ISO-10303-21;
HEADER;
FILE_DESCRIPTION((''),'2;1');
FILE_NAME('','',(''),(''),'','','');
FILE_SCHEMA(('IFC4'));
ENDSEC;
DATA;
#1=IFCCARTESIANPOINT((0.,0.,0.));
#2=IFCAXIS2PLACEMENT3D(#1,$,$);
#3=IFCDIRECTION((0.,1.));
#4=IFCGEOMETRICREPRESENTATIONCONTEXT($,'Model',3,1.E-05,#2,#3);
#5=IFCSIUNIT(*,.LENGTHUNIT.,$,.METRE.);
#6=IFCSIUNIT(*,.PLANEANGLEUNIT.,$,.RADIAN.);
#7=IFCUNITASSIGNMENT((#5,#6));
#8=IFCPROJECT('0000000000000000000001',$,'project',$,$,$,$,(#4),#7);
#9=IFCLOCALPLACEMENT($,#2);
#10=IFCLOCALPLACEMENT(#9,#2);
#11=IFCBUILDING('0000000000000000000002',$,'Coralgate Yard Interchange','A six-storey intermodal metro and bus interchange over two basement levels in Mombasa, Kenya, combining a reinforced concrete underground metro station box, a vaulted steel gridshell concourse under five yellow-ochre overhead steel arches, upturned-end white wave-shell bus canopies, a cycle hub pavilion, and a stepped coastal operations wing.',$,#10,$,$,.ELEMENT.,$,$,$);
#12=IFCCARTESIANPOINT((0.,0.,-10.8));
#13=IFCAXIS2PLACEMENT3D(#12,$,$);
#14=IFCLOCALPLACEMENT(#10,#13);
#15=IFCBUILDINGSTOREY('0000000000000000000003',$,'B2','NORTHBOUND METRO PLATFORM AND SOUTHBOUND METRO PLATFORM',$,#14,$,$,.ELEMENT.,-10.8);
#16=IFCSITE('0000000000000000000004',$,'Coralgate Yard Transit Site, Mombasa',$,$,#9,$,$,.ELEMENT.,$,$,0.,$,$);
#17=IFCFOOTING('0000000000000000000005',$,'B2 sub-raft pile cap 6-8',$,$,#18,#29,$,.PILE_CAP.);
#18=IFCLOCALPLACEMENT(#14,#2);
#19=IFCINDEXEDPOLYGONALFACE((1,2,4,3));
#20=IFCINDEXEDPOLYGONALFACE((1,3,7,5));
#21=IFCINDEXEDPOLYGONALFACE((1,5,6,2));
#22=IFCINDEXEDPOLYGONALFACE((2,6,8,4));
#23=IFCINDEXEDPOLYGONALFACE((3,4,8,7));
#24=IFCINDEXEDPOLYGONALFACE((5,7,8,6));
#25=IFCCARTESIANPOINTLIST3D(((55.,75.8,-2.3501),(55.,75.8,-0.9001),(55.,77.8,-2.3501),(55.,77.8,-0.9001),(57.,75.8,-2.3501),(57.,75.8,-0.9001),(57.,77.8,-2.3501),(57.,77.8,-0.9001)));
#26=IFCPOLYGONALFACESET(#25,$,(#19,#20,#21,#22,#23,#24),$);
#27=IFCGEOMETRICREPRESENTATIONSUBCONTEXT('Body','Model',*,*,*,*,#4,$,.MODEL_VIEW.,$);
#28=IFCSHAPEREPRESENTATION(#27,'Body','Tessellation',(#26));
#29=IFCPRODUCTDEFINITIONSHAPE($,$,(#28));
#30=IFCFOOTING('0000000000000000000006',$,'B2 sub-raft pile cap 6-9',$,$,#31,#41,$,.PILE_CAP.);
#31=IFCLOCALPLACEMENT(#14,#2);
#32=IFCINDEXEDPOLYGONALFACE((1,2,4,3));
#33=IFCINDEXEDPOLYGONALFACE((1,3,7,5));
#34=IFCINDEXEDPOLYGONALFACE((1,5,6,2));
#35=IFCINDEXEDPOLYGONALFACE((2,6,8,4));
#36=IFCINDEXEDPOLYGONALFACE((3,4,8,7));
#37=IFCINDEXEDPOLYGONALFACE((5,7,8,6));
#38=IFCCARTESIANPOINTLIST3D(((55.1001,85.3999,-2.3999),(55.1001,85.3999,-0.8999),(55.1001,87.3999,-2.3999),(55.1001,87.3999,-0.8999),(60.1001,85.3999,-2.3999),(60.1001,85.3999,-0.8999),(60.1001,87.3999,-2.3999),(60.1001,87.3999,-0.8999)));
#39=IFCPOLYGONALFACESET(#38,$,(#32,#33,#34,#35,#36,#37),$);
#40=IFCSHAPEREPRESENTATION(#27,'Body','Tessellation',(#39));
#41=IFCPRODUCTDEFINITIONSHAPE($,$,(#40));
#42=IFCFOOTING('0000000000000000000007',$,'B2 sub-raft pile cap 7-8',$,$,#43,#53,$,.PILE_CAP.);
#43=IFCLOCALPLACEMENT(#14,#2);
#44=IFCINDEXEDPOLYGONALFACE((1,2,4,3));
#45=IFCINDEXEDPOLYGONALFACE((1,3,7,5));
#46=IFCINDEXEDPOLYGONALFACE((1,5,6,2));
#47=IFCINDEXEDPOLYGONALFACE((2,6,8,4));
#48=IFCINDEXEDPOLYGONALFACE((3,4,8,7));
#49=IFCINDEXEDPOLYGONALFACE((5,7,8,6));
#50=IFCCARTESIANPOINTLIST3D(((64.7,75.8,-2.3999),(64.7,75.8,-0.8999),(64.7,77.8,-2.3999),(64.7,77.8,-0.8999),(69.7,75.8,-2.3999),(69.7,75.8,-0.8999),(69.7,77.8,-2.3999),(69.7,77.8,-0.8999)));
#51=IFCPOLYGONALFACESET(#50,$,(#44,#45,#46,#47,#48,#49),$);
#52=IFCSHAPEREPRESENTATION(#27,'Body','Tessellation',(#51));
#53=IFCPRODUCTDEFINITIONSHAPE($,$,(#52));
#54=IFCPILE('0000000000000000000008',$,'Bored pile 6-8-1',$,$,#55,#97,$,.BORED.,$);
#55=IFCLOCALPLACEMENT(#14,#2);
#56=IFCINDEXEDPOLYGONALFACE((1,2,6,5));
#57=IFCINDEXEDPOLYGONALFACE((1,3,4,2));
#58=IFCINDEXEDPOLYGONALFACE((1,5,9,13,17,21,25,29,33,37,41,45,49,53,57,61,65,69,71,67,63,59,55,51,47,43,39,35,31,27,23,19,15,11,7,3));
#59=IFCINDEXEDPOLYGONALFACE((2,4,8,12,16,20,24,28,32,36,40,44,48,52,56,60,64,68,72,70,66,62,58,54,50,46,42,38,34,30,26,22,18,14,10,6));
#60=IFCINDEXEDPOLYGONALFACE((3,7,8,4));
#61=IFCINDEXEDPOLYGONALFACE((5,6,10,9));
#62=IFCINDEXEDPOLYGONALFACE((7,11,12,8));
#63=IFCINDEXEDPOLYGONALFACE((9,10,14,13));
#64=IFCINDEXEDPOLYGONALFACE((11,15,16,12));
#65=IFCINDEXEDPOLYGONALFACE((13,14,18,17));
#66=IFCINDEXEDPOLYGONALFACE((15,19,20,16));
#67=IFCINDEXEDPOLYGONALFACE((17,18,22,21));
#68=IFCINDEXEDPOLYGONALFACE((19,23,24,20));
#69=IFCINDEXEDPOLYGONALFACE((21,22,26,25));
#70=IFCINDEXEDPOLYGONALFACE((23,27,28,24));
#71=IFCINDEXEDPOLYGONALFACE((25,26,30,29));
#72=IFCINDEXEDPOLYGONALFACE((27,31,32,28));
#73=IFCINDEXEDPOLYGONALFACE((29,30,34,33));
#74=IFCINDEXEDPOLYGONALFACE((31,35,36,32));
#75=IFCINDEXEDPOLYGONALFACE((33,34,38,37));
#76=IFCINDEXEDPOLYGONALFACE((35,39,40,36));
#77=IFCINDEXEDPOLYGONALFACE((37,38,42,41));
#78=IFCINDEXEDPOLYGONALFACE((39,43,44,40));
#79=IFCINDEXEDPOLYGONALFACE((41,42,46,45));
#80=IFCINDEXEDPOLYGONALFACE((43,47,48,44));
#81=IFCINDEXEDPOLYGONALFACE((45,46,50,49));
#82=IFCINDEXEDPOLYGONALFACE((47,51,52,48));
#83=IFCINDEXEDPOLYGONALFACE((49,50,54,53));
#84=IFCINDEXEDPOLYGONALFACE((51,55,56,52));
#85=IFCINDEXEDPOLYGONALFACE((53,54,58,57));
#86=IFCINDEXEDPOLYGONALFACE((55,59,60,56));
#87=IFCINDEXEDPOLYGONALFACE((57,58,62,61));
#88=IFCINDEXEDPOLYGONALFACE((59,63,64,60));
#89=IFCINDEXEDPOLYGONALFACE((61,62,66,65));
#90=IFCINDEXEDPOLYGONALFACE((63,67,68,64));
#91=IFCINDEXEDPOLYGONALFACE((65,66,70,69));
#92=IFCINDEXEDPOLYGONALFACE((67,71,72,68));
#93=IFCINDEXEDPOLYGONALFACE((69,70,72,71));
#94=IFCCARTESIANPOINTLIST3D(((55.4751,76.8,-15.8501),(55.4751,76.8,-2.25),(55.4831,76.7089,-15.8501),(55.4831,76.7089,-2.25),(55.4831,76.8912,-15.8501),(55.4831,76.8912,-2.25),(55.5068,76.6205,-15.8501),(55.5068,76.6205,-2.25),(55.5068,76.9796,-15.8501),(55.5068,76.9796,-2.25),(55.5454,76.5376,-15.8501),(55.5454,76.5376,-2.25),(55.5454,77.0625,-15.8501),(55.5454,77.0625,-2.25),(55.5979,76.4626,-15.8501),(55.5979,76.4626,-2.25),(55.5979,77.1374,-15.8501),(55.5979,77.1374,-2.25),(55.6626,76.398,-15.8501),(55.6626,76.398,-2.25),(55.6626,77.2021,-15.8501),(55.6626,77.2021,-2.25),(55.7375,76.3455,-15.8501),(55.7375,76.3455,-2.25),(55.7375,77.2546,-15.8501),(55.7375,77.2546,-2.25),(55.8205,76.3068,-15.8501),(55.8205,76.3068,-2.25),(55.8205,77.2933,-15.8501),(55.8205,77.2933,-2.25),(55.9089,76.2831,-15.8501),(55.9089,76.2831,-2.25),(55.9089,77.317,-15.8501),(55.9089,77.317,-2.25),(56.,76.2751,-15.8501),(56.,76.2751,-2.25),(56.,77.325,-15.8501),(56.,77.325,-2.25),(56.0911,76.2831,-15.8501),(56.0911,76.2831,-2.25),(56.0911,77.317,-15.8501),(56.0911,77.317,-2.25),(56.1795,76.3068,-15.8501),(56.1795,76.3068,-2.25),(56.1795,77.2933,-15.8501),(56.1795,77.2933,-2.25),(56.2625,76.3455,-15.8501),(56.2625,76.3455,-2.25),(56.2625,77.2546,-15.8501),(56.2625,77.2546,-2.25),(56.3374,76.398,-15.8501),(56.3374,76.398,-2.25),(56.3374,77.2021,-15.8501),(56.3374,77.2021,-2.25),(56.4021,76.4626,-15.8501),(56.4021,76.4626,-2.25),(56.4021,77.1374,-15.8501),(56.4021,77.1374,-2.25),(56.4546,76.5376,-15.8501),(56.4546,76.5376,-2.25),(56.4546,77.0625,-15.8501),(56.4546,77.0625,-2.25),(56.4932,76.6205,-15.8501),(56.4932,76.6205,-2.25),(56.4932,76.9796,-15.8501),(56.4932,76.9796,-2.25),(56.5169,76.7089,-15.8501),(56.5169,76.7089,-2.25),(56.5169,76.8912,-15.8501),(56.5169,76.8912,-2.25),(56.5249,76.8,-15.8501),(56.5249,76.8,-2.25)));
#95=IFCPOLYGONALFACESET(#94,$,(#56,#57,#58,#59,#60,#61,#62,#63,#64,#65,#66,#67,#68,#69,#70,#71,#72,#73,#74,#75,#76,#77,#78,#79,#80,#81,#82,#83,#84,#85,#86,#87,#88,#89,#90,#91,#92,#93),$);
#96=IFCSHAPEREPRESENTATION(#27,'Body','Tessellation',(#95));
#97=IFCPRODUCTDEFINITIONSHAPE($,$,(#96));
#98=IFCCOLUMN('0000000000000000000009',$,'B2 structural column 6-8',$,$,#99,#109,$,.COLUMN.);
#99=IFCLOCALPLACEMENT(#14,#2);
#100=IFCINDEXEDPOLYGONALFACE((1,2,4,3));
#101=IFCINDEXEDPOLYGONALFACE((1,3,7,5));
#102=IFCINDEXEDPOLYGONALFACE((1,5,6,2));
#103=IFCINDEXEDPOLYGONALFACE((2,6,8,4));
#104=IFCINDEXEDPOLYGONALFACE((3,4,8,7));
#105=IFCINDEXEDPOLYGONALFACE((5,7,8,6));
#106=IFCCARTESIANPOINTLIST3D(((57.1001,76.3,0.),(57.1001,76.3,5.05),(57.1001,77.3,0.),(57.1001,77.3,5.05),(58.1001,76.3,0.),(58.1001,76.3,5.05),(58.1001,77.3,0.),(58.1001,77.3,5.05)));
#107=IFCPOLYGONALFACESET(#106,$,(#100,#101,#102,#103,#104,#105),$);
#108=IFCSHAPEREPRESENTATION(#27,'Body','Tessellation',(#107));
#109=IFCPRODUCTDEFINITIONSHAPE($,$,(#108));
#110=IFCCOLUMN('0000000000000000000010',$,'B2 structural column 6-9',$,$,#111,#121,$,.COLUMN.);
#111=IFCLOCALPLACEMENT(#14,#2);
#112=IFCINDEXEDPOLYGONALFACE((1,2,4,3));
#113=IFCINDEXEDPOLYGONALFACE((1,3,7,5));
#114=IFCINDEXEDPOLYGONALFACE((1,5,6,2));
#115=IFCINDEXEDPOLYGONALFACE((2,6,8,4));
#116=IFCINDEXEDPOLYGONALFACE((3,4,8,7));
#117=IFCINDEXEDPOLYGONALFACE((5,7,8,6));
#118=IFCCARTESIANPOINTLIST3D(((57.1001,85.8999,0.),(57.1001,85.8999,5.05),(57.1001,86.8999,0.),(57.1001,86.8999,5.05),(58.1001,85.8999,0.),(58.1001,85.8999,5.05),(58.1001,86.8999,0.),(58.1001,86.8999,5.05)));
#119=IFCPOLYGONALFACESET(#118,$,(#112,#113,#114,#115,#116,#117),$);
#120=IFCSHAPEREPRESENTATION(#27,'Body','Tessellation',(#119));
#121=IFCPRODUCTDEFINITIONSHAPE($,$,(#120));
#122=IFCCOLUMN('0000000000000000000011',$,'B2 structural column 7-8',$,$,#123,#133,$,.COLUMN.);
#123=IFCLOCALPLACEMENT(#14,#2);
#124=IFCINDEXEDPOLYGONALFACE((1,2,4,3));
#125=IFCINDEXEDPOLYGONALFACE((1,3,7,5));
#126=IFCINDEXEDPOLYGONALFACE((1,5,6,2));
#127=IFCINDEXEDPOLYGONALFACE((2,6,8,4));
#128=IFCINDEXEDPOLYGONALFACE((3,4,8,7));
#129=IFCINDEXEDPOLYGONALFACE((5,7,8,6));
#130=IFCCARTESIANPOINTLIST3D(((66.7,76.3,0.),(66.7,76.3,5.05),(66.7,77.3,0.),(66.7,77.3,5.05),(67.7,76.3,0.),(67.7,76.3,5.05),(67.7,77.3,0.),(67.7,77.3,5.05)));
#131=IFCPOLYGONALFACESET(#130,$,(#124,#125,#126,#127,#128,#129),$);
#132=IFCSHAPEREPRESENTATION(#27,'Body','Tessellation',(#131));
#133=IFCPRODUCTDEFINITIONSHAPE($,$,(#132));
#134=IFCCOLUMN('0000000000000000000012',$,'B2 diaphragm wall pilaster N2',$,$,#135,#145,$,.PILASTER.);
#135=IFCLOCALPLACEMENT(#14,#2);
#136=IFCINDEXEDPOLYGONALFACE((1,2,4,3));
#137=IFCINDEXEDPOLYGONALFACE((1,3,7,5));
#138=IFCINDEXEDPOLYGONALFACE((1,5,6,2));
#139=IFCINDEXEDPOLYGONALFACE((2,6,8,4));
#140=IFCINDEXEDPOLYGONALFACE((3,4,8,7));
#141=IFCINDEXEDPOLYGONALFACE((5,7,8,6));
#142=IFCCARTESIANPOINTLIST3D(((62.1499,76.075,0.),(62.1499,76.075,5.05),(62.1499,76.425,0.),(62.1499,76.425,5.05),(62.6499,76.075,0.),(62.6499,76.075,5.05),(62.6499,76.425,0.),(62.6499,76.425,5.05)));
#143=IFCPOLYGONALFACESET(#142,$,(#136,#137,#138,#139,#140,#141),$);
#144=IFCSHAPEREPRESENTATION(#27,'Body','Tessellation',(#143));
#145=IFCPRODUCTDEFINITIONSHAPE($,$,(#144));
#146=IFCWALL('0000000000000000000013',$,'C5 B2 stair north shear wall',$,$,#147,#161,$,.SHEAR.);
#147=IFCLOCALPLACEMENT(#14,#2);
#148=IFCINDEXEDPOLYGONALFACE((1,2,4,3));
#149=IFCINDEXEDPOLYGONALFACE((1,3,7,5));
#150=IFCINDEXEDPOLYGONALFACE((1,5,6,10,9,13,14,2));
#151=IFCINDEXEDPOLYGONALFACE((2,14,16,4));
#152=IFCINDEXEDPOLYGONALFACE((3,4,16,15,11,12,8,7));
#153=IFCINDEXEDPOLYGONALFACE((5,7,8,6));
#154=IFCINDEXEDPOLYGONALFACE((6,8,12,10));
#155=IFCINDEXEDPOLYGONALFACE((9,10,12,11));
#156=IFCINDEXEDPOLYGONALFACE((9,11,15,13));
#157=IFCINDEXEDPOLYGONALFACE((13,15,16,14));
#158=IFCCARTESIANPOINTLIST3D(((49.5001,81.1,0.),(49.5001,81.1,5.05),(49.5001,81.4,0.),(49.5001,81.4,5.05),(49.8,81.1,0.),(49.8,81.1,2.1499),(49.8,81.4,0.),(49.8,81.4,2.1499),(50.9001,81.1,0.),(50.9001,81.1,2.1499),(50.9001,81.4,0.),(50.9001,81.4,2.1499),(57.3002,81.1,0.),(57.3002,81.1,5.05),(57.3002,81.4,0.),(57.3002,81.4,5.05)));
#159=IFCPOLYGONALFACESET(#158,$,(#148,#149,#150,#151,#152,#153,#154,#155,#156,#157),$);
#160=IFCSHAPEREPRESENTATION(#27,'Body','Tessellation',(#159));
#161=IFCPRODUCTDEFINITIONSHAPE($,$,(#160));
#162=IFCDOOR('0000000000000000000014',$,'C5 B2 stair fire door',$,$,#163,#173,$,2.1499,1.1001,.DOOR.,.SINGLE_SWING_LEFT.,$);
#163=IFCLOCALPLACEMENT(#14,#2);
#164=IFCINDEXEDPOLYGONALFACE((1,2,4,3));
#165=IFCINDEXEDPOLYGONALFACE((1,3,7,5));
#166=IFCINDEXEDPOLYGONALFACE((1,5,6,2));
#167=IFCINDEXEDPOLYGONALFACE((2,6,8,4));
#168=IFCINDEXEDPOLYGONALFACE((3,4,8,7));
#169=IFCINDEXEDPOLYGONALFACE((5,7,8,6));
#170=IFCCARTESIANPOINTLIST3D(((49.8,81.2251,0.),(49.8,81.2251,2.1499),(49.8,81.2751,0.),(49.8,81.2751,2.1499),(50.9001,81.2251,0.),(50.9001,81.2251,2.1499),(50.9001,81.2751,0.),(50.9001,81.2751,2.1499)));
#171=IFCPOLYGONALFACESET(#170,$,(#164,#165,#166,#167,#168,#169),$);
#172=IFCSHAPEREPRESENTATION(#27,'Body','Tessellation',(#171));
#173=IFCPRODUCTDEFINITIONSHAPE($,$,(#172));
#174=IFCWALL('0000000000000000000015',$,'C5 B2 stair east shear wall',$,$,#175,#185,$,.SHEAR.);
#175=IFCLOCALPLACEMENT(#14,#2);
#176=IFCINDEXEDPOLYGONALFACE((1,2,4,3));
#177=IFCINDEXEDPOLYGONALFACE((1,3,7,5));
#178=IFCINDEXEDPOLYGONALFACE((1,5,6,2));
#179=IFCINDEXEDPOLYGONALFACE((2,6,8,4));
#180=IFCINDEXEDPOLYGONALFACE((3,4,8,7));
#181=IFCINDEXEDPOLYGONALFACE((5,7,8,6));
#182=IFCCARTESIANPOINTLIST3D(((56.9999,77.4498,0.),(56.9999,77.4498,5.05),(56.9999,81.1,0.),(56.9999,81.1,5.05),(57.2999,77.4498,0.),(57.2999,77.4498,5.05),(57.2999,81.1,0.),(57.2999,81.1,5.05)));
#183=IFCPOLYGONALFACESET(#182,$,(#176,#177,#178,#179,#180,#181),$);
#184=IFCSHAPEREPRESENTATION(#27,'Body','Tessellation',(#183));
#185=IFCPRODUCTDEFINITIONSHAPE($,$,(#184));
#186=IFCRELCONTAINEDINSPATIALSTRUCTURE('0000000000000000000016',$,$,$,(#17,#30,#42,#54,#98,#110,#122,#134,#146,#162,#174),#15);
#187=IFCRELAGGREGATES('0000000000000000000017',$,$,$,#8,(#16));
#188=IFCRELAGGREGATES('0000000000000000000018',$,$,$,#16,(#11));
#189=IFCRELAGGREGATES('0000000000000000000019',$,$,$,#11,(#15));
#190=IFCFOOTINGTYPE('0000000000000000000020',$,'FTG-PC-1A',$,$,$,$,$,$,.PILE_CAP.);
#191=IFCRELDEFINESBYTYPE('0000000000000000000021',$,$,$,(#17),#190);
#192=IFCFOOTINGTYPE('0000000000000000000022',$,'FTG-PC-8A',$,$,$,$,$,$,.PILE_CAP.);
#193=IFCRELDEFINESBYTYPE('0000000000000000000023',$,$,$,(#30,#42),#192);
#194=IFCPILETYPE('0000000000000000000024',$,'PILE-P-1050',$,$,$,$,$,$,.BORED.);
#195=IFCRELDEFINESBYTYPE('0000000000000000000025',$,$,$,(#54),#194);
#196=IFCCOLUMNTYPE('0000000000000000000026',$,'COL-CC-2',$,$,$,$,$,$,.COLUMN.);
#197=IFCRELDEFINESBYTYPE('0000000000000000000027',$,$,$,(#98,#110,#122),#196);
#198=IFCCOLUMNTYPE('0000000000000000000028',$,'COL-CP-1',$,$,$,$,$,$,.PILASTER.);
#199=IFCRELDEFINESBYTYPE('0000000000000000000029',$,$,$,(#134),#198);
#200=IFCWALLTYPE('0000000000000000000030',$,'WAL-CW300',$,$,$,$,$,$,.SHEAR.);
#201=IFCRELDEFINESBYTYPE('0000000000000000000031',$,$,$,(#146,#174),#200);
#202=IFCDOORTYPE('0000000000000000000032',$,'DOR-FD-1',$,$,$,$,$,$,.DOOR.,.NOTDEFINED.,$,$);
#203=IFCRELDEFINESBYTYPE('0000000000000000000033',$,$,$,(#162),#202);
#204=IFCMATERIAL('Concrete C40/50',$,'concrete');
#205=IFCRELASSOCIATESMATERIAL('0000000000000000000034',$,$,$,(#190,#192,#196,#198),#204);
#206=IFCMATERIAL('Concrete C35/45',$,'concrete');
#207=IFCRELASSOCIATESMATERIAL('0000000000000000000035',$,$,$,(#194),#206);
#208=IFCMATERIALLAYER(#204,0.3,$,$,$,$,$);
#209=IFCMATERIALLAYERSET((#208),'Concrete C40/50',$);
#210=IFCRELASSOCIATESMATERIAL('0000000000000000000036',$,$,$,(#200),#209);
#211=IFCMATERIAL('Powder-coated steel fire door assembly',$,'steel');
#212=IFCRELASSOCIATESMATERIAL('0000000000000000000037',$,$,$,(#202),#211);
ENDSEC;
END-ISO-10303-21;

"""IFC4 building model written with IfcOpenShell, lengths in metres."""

from ifc_helpers import new_model, si_unit, direction, frame, frame_2d, origin, origin_2d, place, context, subcontext, project, spatial, rectangle, circle, extrude, material, layer, layer_set, material_profile, profile_set, type_object, element, fill, save


model = new_model("IFC4")

# Units and contexts
model_context = context("Model", 3, precision=1e-05, world=origin(), true_north=direction((0.0, 1.0)))
body_context = subcontext(model_context, "Body", "Model", "MODEL_VIEW")
ifc_project = project(units=[si_unit("LENGTHUNIT", "METRE"), si_unit("PLANEANGLEUNIT", "RADIAN")], contexts=[model_context])

# Site, building, storey
site_placement = place(None, origin())
site = spatial("IfcSite", under=ifc_project, at=site_placement, Name="Coralgate Yard Transit Site, Mombasa", CompositionType="ELEMENT", RefElevation=0.0)
building_placement = place(site_placement, origin())
building = spatial("IfcBuilding", under=site, at=building_placement, Name="Coralgate Yard Interchange", Description="A six-storey intermodal metro and bus interchange over two basement levels in Mombasa, Kenya, combining a reinforced concrete underground metro station box, a vaulted steel gridshell concourse under five yellow-ochre overhead steel arches, upturned-end white wave-shell bus canopies, a cycle hub pavilion, and a stepped coastal operations wing.", CompositionType="ELEMENT")
storey_placement = place(building_placement, frame((0.0, 0.0, -10.8)))
storey = spatial("IfcBuildingStorey", under=building, at=storey_placement, Name="B2", Description="NORTHBOUND METRO PLATFORM AND SOUTHBOUND METRO PLATFORM", CompositionType="ELEMENT", Elevation=-10.8)

# Footings
ifc_material_1 = material(Name="Concrete C40/50", Category="concrete")
footing_type_1 = type_object("IfcFootingType", Name="FTG-PC-1A", PredefinedType="PILE_CAP", material=ifc_material_1)
footing_placement = place(storey_placement, frame((56.0, 76.8, -2.3501), z_axis=(0.0, 0.0, 1.0), x_axis=(1.0, 0.0, 0.0)))
element("IfcFooting", 1, at=footing_placement, inside=storey, type_object=footing_type_1, Name="B2 sub-raft pile cap 6-8", PredefinedType="PILE_CAP", context=body_context, shape_type="SweptSolid", body=[
    extrude(rectangle(XDim=2.0, YDim=2.0, at=origin_2d()), origin(), (0.0, 0.0, 1.0), 1.45),
])
footing_type_2 = type_object("IfcFootingType", Name="FTG-PC-8A", PredefinedType="PILE_CAP", material=ifc_material_1)
for number, where, z_axis, x_axis, name in (
    (2, (57.6001, 86.3999, -2.3999), (0.0, 0.0, 1.0), (1.0, 0.0, 0.0), "B2 sub-raft pile cap 6-9"),
    (3, (67.2, 76.8, -2.3999), (0.0, 0.0, 1.0), (1.0, 0.0, 0.0), "B2 sub-raft pile cap 7-8"),
):
    element("IfcFooting", number, at=place(storey_placement, frame(where, z_axis=z_axis, x_axis=x_axis)), inside=storey, type_object=footing_type_2, Name=name, PredefinedType="PILE_CAP", context=body_context, shape_type="SweptSolid", body=[
        extrude(rectangle(XDim=5.0, YDim=2.0, at=origin_2d()), origin(), (0.0, 0.0, 1.0), 1.5),
    ])

# Pile
ifc_material_2 = material(Name="Concrete C35/45", Category="concrete")
ifc_material_profile_1 = material_profile(ifc_material_2, circle(Radius=0.5249, at=origin_2d()), Name="BORED PILE D1050")
ifc_profile_set_1 = profile_set([ifc_material_profile_1], Name="Concrete C35/45")
pile_type = type_object("IfcPileType", Name="PILE-P-1050", PredefinedType="BORED", material=ifc_profile_set_1)
pile_placement = place(storey_placement, frame((56.0, 76.8, -2.25), z_axis=(0.0, 0.0, -1.0), x_axis=(1.0, 0.0, 0.0)))
element("IfcPile", 4, at=pile_placement, inside=storey, type_object=pile_type, Name="Bored pile 6-8-1", PredefinedType="BORED", context=body_context, shape_type="SweptSolid", body=[
    extrude(circle(Radius=0.5249, at=origin_2d()), origin(), (0.0, 0.0, 1.0), 13.6001),
])

# Columns
ifc_material_profile_2 = material_profile(ifc_material_1, rectangle(XDim=1.0, YDim=1.0, at=origin_2d()), Name="RC 1000x1000")
ifc_profile_set_2 = profile_set([ifc_material_profile_2], Name="Concrete C40/50")
column_type_1 = type_object("IfcColumnType", Name="COL-CC-2", PredefinedType="COLUMN", material=ifc_profile_set_2)
for number, where, z_axis, x_axis, name in (
    (5, (57.6001, 76.8, 0.0), (0.0, 0.0, 1.0), (1.0, 0.0, 0.0), "B2 structural column 6-8"),
    (6, (57.6001, 86.3999, 0.0), (0.0, 0.0, 1.0), (1.0, 0.0, 0.0), "B2 structural column 6-9"),
    (7, (67.2, 76.8, 0.0), (0.0, 0.0, 1.0), (1.0, 0.0, 0.0), "B2 structural column 7-8"),
):
    element("IfcColumn", number, at=place(storey_placement, frame(where, z_axis=z_axis, x_axis=x_axis)), inside=storey, type_object=column_type_1, Name=name, PredefinedType="COLUMN", context=body_context, shape_type="SweptSolid", body=[
        extrude(rectangle(XDim=1.0, YDim=1.0, at=origin_2d()), origin(), (0.0, 0.0, 1.0), 5.05),
    ])
ifc_material_profile_3 = material_profile(ifc_material_1, rectangle(XDim=0.5, YDim=0.3501, at=origin_2d()), Name="RC 500x350")
ifc_profile_set_3 = profile_set([ifc_material_profile_3], Name="Concrete C40/50")
column_type_2 = type_object("IfcColumnType", Name="COL-CP-1", PredefinedType="PILASTER", material=ifc_profile_set_3)
column_placement = place(storey_placement, frame((62.3999, 76.25, 0.0), z_axis=(0.0, 0.0, 1.0), x_axis=(1.0, 0.0, 0.0)))
element("IfcColumn", 8, at=column_placement, inside=storey, type_object=column_type_2, Name="B2 diaphragm wall pilaster N2", PredefinedType="PILASTER", context=body_context, shape_type="SweptSolid", body=[
    extrude(rectangle(XDim=0.5, YDim=0.3501, at=origin_2d()), origin(), (0.0, 0.0, 1.0), 5.05),
])

# Wall, opening, door
ifc_layer_1 = layer(ifc_material_1, 0.3)
ifc_layer_set_1 = layer_set([ifc_layer_1], Name="Concrete C40/50")
wall_type_1 = type_object("IfcWallType", Name="WAL-CW300", PredefinedType="SHEAR", material=ifc_layer_set_1)
wall_1_placement = place(storey_placement, frame((57.3, 81.25, 0.0), z_axis=(0.0, 0.0, 1.0), x_axis=(-1.0, 0.0, 0.0)))
wall_1 = element("IfcWall", 9, at=wall_1_placement, inside=storey, type_object=wall_type_1, Name="C5 B2 stair north shear wall", PredefinedType="SHEAR", context=body_context, shape_type="SweptSolid", body=[
    extrude(rectangle(XDim=7.8, YDim=0.3, at=frame_2d((3.8999, 0.0))), origin(), (0.0, 0.0, 1.0), 5.05),
])
opening_placement = place(wall_1_placement, frame((6.3999, 0.0, 0.0)))
opening = element("IfcOpeningElement", 10, at=opening_placement, cuts=wall_1, PredefinedType="OPENING", context=body_context, shape_type="SweptSolid", body=[
    extrude(rectangle(XDim=1.1001, YDim=2.1499, at=frame_2d((0.55, 1.075))), frame((0.0, 0.1599, 0.0), z_axis=(0.0, -1.0, 0.0), x_axis=(1.0, 0.0, 0.0)), (0.0, 0.0, 1.0), 0.3201),
])
ifc_material_3 = material(Name="Powder-coated steel fire door assembly", Category="steel")
door_type = type_object("IfcDoorType", Name="DOR-FD-1", OperationType="NOTDEFINED", PredefinedType="DOOR", material=ifc_material_3)
door_placement = place(opening_placement, origin())
door = element("IfcDoor", 11, at=door_placement, inside=storey, type_object=door_type, Name="C5 B2 stair fire door", OperationType="SINGLE_SWING_LEFT", OverallHeight=2.1499, OverallWidth=1.1001, PredefinedType="DOOR", context=body_context, shape_type="SweptSolid", body=[
    extrude(rectangle(XDim=1.1001, YDim=2.1499, at=frame_2d((0.55, 1.075))), frame((0.0, 0.0249, 0.0), z_axis=(0.0, -1.0, 0.0), x_axis=(1.0, 0.0, 0.0)), (0.0, 0.0, 1.0), 0.05),
])
fill(opening, door)

# Wall
wall_2_placement = place(storey_placement, frame((57.1499, 81.1001, 0.0), z_axis=(0.0, 0.0, 1.0), x_axis=(0.0, -1.0, 0.0)))
element("IfcWall", 12, at=wall_2_placement, inside=storey, type_object=wall_type_1, Name="C5 B2 stair east shear wall", PredefinedType="SHEAR", context=body_context, shape_type="SweptSolid", body=[
    extrude(rectangle(XDim=3.6501, YDim=0.3, at=frame_2d((1.8252, 0.0))), origin(), (0.0, 0.0, 1.0), 5.05),
])

save(model, "model.ifc")
